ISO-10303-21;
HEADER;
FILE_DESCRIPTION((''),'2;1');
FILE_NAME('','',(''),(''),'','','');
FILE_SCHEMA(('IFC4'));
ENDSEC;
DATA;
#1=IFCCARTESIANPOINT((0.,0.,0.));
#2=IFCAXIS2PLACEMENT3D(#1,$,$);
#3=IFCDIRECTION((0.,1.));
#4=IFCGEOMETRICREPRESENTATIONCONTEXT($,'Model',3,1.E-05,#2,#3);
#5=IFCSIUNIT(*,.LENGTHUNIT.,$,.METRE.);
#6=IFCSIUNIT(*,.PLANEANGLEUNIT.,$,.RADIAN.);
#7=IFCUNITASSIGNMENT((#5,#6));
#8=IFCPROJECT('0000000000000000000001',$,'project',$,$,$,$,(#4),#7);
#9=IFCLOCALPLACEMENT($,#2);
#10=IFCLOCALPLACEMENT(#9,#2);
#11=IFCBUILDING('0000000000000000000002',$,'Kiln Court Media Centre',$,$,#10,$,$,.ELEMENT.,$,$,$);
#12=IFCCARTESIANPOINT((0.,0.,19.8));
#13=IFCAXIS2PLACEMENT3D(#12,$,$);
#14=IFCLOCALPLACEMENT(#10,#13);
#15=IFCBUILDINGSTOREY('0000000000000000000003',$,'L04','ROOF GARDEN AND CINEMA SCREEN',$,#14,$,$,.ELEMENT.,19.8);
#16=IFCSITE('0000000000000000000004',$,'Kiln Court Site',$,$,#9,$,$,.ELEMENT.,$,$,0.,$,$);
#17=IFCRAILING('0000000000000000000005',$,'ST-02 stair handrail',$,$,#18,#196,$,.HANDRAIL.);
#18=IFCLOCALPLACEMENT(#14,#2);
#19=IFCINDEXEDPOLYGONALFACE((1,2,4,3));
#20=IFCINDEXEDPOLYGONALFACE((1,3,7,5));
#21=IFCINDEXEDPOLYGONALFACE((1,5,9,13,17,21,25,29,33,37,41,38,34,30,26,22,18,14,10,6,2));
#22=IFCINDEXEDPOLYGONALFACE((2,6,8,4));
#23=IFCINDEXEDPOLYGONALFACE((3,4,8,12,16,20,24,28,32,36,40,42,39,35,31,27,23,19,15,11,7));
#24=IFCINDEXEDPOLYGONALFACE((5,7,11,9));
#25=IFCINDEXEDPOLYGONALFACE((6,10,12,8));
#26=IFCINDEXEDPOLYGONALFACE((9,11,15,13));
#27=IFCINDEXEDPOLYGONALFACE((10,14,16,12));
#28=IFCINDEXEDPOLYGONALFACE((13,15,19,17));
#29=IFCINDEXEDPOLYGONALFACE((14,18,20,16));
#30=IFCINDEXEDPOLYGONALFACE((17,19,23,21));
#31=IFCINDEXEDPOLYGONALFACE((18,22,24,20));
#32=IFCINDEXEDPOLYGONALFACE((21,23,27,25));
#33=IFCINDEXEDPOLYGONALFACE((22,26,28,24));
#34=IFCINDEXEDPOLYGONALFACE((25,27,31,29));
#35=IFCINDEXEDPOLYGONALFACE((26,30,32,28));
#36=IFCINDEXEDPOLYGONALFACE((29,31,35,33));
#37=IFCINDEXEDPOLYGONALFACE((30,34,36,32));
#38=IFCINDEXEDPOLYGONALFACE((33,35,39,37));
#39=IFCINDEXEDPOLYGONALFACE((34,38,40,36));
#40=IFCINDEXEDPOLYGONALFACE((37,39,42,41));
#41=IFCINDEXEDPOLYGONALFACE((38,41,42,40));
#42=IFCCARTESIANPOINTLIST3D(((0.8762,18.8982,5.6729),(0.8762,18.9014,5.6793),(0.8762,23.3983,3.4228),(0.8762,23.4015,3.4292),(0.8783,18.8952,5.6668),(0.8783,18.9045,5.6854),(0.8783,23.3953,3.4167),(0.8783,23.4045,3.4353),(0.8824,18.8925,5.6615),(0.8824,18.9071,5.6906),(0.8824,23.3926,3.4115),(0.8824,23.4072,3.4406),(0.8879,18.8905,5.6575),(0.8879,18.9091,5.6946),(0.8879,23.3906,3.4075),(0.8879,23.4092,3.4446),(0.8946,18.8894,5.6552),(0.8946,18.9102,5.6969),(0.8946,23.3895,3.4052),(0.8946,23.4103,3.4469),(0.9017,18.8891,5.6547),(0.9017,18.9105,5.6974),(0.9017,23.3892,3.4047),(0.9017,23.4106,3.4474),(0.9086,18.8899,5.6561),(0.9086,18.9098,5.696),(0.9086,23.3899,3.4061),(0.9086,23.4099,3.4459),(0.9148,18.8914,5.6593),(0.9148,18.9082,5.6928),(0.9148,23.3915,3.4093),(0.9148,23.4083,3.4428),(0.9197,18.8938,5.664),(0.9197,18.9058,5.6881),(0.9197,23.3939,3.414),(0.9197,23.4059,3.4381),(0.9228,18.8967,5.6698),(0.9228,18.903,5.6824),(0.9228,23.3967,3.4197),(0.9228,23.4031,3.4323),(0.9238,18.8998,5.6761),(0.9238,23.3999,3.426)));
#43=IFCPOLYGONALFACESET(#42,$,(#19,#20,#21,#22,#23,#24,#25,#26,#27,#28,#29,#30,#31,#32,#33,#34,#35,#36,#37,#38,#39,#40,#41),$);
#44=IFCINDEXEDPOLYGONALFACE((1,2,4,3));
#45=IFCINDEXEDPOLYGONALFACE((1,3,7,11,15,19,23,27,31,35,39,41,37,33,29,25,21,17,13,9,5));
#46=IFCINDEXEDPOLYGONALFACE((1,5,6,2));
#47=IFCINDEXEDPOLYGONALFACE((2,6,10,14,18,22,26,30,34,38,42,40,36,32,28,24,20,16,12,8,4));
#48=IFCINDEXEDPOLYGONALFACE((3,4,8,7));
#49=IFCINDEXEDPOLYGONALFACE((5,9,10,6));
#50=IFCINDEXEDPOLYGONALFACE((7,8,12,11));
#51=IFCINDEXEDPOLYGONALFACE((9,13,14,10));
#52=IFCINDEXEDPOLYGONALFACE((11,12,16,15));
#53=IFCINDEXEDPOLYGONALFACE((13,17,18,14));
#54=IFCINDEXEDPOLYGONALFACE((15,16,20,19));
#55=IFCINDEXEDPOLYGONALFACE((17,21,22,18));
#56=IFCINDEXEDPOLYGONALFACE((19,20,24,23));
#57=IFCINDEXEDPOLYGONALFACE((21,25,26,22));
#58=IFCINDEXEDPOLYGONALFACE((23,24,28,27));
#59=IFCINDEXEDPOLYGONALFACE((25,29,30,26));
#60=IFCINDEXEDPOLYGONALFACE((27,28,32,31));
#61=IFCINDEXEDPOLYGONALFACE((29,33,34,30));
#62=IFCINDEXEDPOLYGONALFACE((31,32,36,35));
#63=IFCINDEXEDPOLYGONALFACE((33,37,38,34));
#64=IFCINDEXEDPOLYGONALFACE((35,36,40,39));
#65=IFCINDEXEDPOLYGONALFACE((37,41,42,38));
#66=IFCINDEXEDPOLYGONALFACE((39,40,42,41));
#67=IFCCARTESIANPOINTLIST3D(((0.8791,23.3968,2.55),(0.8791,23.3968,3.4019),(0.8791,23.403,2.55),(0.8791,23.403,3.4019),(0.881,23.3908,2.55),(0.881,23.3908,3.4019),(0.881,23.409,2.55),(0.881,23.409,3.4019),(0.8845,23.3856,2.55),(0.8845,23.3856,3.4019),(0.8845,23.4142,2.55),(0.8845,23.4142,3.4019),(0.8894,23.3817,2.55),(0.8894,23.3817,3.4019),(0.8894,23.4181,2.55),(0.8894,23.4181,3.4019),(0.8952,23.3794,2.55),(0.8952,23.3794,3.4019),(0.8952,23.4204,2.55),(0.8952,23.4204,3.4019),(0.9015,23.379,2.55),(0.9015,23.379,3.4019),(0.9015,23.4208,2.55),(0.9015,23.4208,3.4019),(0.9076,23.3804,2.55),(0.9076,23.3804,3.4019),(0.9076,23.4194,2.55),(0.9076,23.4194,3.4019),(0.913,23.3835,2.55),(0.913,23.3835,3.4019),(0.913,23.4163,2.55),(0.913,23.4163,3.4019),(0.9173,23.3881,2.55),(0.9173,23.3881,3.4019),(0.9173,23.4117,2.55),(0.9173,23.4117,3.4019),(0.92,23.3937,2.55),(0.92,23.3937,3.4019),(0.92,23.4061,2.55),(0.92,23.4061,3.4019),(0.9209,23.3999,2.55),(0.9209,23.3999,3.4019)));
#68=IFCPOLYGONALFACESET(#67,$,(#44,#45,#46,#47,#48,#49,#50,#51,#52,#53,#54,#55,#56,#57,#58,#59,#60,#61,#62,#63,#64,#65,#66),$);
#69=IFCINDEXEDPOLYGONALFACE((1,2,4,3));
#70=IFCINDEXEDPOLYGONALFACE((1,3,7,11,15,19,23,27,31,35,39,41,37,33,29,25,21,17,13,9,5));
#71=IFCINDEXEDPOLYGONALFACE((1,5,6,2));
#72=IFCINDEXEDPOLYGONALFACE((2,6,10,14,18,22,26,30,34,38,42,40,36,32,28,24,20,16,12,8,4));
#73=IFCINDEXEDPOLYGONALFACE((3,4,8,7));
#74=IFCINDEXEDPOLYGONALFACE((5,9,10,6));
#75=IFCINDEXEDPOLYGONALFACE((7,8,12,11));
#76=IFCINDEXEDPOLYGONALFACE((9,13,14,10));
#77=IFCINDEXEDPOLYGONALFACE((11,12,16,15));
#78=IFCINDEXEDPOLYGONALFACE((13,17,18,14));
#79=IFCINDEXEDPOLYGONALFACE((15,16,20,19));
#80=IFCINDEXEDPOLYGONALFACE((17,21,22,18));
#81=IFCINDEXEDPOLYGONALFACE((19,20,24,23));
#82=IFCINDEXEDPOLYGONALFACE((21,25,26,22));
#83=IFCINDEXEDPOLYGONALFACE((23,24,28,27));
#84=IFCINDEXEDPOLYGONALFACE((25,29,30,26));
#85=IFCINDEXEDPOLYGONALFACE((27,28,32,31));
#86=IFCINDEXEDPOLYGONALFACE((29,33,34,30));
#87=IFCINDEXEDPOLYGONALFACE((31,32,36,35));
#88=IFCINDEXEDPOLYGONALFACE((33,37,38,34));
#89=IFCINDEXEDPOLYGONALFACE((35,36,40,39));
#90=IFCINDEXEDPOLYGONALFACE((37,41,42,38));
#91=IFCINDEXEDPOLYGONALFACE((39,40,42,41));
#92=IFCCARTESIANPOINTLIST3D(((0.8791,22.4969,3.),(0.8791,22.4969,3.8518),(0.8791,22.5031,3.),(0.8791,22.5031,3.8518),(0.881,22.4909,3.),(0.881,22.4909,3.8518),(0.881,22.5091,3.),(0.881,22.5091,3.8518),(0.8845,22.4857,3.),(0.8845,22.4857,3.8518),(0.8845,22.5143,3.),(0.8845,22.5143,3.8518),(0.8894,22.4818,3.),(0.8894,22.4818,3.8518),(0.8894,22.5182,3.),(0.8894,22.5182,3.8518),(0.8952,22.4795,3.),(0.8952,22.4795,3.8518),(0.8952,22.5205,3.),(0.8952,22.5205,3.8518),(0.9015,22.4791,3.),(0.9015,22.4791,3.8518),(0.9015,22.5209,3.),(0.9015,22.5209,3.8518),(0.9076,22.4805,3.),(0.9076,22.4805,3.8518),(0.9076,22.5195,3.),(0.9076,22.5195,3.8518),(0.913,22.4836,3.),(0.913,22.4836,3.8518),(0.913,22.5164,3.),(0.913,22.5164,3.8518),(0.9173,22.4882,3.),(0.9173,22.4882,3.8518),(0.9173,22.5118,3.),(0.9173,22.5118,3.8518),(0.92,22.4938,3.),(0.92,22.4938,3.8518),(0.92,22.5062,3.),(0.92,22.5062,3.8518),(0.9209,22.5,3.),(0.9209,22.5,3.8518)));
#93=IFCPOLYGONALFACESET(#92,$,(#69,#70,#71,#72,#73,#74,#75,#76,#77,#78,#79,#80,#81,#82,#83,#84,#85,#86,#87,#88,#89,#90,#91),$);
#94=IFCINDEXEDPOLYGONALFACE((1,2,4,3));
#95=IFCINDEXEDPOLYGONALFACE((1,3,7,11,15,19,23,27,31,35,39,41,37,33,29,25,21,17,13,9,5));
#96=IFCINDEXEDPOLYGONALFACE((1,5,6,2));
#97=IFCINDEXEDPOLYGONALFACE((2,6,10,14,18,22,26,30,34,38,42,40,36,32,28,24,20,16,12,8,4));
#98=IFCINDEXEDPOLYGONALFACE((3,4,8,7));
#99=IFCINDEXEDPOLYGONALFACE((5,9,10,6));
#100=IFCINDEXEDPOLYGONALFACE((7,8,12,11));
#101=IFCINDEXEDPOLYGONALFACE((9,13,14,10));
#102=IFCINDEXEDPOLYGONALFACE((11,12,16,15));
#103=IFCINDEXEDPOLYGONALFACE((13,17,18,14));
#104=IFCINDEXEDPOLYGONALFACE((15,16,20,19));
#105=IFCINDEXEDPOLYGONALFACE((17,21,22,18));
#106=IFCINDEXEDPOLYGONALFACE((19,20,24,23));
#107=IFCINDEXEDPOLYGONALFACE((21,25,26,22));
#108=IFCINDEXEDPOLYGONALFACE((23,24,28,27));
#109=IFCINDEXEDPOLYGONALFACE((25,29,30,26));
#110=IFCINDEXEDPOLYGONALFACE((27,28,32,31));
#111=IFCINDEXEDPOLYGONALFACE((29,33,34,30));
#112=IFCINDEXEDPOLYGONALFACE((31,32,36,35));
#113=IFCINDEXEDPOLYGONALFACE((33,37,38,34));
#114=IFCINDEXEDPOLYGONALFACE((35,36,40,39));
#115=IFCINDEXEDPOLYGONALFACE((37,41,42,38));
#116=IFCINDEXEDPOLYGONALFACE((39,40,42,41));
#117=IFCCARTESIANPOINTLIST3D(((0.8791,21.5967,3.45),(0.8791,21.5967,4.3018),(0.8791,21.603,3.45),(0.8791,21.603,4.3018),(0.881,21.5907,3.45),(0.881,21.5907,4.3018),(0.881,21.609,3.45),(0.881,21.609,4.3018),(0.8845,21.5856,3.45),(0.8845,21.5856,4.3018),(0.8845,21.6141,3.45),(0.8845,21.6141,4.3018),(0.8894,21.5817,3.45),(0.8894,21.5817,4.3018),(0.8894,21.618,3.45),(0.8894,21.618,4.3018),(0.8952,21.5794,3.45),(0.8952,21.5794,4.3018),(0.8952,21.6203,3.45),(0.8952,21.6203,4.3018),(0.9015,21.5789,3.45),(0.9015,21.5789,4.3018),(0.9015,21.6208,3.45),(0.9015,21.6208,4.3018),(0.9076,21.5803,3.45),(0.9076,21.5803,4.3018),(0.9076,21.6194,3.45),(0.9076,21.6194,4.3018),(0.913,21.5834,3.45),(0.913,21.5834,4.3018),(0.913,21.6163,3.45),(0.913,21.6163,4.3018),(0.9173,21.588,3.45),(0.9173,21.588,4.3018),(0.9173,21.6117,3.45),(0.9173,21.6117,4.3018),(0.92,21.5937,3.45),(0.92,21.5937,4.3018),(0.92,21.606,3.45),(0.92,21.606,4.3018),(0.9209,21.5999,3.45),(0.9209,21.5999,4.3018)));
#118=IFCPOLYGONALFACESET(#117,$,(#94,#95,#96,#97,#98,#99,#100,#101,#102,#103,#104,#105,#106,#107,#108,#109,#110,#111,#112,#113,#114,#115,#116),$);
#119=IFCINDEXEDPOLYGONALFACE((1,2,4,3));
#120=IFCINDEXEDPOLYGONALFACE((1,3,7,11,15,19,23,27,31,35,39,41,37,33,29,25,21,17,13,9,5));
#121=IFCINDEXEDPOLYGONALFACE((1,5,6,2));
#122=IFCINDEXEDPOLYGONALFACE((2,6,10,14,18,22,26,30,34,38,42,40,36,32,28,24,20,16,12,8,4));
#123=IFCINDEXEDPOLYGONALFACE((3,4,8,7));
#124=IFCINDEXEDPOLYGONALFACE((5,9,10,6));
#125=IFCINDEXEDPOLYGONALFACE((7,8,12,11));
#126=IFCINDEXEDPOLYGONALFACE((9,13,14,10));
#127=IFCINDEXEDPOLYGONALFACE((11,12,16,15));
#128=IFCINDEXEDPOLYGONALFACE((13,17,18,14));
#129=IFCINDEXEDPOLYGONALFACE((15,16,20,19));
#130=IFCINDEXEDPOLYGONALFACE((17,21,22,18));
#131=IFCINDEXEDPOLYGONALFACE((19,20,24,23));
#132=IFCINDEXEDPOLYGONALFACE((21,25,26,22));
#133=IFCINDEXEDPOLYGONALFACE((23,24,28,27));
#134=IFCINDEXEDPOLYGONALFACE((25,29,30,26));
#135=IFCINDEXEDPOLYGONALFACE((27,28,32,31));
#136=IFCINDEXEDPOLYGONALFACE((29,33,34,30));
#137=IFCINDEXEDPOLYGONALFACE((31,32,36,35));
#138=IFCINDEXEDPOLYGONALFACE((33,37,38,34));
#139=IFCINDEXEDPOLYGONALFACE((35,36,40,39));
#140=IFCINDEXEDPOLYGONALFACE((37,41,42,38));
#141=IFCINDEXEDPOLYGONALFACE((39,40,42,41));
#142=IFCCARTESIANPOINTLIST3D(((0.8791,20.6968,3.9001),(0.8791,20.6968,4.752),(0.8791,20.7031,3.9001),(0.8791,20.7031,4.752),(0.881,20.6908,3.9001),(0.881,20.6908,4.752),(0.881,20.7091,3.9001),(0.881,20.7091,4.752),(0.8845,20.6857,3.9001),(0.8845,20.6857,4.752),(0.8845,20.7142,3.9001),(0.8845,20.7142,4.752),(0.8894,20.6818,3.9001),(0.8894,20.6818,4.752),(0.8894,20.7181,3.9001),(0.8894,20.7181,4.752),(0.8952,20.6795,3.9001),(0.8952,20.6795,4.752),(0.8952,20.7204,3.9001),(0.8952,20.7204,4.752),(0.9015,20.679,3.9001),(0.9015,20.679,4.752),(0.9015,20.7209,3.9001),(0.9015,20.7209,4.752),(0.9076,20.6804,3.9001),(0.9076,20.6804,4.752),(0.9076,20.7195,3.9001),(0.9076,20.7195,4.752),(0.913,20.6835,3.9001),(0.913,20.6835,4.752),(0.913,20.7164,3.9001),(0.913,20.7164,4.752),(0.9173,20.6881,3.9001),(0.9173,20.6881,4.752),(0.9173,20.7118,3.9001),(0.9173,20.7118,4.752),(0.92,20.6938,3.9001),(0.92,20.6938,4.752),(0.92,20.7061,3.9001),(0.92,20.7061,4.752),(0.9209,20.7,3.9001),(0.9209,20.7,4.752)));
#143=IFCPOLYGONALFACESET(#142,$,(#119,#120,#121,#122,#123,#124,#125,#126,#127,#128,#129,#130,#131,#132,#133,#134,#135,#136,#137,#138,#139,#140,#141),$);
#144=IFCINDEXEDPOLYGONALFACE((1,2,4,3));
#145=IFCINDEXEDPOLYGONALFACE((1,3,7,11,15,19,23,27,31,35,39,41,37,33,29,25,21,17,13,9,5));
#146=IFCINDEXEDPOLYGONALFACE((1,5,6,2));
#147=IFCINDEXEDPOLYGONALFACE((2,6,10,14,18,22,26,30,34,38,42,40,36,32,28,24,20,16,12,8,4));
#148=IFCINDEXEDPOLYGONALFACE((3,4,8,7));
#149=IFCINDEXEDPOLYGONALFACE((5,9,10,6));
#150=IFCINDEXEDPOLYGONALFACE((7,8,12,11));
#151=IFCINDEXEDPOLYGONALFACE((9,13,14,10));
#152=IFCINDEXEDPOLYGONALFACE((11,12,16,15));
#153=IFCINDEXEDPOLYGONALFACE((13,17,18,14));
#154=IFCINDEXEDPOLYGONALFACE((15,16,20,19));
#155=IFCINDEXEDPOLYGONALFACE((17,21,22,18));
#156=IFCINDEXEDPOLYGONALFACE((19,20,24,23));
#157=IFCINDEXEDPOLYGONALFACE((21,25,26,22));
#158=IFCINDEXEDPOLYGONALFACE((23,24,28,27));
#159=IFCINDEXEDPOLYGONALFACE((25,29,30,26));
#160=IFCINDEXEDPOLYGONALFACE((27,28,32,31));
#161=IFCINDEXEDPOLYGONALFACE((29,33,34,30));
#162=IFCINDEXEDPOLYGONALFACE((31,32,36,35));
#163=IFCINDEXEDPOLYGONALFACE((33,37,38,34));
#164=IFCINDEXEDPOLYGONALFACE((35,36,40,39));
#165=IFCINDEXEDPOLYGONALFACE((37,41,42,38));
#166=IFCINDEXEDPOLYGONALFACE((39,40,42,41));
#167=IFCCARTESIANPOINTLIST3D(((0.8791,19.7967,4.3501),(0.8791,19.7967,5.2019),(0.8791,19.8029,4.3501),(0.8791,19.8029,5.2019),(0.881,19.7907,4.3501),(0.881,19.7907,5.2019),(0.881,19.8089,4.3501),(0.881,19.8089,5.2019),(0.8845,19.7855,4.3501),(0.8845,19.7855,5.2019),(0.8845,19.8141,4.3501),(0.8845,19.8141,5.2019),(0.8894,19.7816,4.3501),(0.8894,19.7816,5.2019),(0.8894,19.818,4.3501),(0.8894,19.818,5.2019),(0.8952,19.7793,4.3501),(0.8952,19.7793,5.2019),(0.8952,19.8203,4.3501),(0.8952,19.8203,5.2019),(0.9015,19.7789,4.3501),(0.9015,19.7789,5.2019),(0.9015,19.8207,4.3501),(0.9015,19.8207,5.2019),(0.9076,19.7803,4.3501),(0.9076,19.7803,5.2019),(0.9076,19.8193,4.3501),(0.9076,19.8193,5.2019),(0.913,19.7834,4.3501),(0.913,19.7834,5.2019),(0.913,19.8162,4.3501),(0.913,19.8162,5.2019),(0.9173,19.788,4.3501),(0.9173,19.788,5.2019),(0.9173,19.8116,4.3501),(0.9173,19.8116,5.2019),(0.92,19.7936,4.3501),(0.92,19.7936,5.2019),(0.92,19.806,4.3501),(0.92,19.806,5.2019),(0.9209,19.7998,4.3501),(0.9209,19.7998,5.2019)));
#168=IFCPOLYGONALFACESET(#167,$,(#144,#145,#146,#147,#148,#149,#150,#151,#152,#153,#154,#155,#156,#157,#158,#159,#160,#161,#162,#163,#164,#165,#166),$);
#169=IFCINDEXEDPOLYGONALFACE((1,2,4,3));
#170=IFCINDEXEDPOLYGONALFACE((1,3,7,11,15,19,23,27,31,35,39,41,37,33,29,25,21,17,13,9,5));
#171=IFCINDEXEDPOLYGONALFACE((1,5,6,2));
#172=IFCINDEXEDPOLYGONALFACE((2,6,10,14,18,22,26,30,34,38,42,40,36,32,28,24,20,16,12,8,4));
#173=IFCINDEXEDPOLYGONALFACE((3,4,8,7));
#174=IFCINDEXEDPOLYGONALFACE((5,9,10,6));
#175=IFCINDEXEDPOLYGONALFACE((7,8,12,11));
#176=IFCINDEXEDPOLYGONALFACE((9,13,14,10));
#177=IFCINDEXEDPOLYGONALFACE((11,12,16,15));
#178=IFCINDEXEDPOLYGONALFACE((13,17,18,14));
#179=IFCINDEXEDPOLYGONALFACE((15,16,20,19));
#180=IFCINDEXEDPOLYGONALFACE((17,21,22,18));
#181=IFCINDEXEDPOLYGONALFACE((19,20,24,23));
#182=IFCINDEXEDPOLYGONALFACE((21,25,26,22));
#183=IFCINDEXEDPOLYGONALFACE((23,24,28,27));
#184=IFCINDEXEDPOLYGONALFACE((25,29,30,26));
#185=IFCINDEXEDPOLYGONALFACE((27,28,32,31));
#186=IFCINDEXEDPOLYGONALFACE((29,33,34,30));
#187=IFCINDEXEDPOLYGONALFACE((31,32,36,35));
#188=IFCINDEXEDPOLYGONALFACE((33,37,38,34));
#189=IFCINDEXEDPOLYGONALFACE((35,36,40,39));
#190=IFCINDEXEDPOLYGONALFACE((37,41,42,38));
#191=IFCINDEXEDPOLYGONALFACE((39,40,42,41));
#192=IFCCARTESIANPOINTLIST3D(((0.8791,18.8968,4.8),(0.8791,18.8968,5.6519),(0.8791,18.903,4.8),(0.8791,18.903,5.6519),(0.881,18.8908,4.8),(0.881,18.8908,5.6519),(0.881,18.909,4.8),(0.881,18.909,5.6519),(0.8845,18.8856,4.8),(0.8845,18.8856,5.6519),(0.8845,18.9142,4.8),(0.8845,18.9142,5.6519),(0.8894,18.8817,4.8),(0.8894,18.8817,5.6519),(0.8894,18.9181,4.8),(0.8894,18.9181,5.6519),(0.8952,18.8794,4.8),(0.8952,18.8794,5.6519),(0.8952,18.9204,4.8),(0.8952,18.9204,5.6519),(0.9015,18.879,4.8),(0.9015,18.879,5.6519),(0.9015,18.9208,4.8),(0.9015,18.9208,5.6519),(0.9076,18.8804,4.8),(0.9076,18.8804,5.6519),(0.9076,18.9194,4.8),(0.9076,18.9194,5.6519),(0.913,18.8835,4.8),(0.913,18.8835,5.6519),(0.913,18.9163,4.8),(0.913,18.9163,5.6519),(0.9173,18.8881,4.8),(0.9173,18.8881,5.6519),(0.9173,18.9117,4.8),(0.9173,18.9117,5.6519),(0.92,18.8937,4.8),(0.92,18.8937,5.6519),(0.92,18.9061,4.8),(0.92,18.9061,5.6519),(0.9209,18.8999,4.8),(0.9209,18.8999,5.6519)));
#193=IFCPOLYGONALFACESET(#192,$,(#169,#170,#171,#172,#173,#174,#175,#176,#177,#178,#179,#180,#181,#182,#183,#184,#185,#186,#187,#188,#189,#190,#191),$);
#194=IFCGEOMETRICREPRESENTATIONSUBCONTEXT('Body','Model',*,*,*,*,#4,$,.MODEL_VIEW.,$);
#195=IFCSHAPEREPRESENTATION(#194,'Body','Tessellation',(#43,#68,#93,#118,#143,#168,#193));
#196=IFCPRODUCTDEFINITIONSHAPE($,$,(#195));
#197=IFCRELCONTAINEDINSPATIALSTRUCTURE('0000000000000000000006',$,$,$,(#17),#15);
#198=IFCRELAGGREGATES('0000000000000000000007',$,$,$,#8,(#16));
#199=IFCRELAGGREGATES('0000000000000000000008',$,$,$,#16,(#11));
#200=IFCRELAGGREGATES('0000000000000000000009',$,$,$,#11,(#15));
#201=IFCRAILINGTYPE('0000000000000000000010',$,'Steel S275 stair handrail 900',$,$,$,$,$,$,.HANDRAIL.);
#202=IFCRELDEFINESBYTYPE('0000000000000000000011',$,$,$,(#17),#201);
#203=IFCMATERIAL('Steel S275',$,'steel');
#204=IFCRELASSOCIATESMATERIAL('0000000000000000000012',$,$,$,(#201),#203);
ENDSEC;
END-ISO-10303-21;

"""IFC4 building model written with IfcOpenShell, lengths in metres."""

from ifc_helpers import new_model, si_unit, direction, frame, origin, origin_2d, place, context, subcontext, project, spatial, circle, extrude, material, type_object, element, save


model = new_model("IFC4")

# Units and contexts
model_context = context("Model", 3, precision=1e-05, world=origin(), true_north=direction((0.0, 1.0)))
body_context = subcontext(model_context, "Body", "Model", "MODEL_VIEW")
ifc_project = project(units=[si_unit("LENGTHUNIT", "METRE"), si_unit("PLANEANGLEUNIT", "RADIAN")], contexts=[model_context])

# Site, building, storey
site_placement = place(None, origin())
site = spatial("IfcSite", under=ifc_project, at=site_placement, Name="Kiln Court Site", CompositionType="ELEMENT", RefElevation=0.0)
building_placement = place(site_placement, origin())
building = spatial("IfcBuilding", under=site, at=building_placement, Name="Kiln Court Media Centre", CompositionType="ELEMENT")
storey_placement = place(building_placement, frame((0.0, 0.0, 19.8)))
storey = spatial("IfcBuildingStorey", under=building, at=storey_placement, Name="L04", Description="ROOF GARDEN AND CINEMA SCREEN", CompositionType="ELEMENT", Elevation=19.8)

# Railing
ifc_material_1 = material(Name="Steel S275", Category="steel")
railing_type_1 = type_object("IfcRailingType", Name="Steel S275 stair handrail 900", PredefinedType="HANDRAIL", material=ifc_material_1)
railing_1_placement = place(storey_placement, frame((0.8999, 23.3999, 2.55)))
element("IfcRailing", 1, at=railing_1_placement, inside=storey, type_object=railing_type_1, Name="ST-02 stair handrail", PredefinedType="HANDRAIL", context=body_context, shape_type="SweptSolid", body=[
    extrude(circle(Radius=0.0239, at=origin_2d()), frame((0.0, 0.0, 0.876), z_axis=(0.0, -0.894427, 0.447214), x_axis=(1.0, 0.0, 0.0)), (0.0, 0.0, 1.0), 5.0312),
    extrude(circle(Radius=0.021, at=origin_2d()), origin(), (0.0, 0.0, 1.0), 0.8518),
    extrude(circle(Radius=0.021, at=origin_2d()), frame((0.0, -0.8999, 0.45)), (0.0, 0.0, 1.0), 0.8518),
    extrude(circle(Radius=0.021, at=origin_2d()), frame((0.0, -1.8, 0.8999)), (0.0, 0.0, 1.0), 0.8518),
    extrude(circle(Radius=0.021, at=origin_2d()), frame((0.0, -2.7, 1.3501)), (0.0, 0.0, 1.0), 0.8518),
    extrude(circle(Radius=0.021, at=origin_2d()), frame((0.0, -3.6001, 1.8)), (0.0, 0.0, 1.0), 0.8518),
    extrude(circle(Radius=0.021, at=origin_2d()), frame((0.0, -4.5, 2.25)), (0.0, 0.0, 1.0), 0.8518),
])

save(model, "model.ifc")
